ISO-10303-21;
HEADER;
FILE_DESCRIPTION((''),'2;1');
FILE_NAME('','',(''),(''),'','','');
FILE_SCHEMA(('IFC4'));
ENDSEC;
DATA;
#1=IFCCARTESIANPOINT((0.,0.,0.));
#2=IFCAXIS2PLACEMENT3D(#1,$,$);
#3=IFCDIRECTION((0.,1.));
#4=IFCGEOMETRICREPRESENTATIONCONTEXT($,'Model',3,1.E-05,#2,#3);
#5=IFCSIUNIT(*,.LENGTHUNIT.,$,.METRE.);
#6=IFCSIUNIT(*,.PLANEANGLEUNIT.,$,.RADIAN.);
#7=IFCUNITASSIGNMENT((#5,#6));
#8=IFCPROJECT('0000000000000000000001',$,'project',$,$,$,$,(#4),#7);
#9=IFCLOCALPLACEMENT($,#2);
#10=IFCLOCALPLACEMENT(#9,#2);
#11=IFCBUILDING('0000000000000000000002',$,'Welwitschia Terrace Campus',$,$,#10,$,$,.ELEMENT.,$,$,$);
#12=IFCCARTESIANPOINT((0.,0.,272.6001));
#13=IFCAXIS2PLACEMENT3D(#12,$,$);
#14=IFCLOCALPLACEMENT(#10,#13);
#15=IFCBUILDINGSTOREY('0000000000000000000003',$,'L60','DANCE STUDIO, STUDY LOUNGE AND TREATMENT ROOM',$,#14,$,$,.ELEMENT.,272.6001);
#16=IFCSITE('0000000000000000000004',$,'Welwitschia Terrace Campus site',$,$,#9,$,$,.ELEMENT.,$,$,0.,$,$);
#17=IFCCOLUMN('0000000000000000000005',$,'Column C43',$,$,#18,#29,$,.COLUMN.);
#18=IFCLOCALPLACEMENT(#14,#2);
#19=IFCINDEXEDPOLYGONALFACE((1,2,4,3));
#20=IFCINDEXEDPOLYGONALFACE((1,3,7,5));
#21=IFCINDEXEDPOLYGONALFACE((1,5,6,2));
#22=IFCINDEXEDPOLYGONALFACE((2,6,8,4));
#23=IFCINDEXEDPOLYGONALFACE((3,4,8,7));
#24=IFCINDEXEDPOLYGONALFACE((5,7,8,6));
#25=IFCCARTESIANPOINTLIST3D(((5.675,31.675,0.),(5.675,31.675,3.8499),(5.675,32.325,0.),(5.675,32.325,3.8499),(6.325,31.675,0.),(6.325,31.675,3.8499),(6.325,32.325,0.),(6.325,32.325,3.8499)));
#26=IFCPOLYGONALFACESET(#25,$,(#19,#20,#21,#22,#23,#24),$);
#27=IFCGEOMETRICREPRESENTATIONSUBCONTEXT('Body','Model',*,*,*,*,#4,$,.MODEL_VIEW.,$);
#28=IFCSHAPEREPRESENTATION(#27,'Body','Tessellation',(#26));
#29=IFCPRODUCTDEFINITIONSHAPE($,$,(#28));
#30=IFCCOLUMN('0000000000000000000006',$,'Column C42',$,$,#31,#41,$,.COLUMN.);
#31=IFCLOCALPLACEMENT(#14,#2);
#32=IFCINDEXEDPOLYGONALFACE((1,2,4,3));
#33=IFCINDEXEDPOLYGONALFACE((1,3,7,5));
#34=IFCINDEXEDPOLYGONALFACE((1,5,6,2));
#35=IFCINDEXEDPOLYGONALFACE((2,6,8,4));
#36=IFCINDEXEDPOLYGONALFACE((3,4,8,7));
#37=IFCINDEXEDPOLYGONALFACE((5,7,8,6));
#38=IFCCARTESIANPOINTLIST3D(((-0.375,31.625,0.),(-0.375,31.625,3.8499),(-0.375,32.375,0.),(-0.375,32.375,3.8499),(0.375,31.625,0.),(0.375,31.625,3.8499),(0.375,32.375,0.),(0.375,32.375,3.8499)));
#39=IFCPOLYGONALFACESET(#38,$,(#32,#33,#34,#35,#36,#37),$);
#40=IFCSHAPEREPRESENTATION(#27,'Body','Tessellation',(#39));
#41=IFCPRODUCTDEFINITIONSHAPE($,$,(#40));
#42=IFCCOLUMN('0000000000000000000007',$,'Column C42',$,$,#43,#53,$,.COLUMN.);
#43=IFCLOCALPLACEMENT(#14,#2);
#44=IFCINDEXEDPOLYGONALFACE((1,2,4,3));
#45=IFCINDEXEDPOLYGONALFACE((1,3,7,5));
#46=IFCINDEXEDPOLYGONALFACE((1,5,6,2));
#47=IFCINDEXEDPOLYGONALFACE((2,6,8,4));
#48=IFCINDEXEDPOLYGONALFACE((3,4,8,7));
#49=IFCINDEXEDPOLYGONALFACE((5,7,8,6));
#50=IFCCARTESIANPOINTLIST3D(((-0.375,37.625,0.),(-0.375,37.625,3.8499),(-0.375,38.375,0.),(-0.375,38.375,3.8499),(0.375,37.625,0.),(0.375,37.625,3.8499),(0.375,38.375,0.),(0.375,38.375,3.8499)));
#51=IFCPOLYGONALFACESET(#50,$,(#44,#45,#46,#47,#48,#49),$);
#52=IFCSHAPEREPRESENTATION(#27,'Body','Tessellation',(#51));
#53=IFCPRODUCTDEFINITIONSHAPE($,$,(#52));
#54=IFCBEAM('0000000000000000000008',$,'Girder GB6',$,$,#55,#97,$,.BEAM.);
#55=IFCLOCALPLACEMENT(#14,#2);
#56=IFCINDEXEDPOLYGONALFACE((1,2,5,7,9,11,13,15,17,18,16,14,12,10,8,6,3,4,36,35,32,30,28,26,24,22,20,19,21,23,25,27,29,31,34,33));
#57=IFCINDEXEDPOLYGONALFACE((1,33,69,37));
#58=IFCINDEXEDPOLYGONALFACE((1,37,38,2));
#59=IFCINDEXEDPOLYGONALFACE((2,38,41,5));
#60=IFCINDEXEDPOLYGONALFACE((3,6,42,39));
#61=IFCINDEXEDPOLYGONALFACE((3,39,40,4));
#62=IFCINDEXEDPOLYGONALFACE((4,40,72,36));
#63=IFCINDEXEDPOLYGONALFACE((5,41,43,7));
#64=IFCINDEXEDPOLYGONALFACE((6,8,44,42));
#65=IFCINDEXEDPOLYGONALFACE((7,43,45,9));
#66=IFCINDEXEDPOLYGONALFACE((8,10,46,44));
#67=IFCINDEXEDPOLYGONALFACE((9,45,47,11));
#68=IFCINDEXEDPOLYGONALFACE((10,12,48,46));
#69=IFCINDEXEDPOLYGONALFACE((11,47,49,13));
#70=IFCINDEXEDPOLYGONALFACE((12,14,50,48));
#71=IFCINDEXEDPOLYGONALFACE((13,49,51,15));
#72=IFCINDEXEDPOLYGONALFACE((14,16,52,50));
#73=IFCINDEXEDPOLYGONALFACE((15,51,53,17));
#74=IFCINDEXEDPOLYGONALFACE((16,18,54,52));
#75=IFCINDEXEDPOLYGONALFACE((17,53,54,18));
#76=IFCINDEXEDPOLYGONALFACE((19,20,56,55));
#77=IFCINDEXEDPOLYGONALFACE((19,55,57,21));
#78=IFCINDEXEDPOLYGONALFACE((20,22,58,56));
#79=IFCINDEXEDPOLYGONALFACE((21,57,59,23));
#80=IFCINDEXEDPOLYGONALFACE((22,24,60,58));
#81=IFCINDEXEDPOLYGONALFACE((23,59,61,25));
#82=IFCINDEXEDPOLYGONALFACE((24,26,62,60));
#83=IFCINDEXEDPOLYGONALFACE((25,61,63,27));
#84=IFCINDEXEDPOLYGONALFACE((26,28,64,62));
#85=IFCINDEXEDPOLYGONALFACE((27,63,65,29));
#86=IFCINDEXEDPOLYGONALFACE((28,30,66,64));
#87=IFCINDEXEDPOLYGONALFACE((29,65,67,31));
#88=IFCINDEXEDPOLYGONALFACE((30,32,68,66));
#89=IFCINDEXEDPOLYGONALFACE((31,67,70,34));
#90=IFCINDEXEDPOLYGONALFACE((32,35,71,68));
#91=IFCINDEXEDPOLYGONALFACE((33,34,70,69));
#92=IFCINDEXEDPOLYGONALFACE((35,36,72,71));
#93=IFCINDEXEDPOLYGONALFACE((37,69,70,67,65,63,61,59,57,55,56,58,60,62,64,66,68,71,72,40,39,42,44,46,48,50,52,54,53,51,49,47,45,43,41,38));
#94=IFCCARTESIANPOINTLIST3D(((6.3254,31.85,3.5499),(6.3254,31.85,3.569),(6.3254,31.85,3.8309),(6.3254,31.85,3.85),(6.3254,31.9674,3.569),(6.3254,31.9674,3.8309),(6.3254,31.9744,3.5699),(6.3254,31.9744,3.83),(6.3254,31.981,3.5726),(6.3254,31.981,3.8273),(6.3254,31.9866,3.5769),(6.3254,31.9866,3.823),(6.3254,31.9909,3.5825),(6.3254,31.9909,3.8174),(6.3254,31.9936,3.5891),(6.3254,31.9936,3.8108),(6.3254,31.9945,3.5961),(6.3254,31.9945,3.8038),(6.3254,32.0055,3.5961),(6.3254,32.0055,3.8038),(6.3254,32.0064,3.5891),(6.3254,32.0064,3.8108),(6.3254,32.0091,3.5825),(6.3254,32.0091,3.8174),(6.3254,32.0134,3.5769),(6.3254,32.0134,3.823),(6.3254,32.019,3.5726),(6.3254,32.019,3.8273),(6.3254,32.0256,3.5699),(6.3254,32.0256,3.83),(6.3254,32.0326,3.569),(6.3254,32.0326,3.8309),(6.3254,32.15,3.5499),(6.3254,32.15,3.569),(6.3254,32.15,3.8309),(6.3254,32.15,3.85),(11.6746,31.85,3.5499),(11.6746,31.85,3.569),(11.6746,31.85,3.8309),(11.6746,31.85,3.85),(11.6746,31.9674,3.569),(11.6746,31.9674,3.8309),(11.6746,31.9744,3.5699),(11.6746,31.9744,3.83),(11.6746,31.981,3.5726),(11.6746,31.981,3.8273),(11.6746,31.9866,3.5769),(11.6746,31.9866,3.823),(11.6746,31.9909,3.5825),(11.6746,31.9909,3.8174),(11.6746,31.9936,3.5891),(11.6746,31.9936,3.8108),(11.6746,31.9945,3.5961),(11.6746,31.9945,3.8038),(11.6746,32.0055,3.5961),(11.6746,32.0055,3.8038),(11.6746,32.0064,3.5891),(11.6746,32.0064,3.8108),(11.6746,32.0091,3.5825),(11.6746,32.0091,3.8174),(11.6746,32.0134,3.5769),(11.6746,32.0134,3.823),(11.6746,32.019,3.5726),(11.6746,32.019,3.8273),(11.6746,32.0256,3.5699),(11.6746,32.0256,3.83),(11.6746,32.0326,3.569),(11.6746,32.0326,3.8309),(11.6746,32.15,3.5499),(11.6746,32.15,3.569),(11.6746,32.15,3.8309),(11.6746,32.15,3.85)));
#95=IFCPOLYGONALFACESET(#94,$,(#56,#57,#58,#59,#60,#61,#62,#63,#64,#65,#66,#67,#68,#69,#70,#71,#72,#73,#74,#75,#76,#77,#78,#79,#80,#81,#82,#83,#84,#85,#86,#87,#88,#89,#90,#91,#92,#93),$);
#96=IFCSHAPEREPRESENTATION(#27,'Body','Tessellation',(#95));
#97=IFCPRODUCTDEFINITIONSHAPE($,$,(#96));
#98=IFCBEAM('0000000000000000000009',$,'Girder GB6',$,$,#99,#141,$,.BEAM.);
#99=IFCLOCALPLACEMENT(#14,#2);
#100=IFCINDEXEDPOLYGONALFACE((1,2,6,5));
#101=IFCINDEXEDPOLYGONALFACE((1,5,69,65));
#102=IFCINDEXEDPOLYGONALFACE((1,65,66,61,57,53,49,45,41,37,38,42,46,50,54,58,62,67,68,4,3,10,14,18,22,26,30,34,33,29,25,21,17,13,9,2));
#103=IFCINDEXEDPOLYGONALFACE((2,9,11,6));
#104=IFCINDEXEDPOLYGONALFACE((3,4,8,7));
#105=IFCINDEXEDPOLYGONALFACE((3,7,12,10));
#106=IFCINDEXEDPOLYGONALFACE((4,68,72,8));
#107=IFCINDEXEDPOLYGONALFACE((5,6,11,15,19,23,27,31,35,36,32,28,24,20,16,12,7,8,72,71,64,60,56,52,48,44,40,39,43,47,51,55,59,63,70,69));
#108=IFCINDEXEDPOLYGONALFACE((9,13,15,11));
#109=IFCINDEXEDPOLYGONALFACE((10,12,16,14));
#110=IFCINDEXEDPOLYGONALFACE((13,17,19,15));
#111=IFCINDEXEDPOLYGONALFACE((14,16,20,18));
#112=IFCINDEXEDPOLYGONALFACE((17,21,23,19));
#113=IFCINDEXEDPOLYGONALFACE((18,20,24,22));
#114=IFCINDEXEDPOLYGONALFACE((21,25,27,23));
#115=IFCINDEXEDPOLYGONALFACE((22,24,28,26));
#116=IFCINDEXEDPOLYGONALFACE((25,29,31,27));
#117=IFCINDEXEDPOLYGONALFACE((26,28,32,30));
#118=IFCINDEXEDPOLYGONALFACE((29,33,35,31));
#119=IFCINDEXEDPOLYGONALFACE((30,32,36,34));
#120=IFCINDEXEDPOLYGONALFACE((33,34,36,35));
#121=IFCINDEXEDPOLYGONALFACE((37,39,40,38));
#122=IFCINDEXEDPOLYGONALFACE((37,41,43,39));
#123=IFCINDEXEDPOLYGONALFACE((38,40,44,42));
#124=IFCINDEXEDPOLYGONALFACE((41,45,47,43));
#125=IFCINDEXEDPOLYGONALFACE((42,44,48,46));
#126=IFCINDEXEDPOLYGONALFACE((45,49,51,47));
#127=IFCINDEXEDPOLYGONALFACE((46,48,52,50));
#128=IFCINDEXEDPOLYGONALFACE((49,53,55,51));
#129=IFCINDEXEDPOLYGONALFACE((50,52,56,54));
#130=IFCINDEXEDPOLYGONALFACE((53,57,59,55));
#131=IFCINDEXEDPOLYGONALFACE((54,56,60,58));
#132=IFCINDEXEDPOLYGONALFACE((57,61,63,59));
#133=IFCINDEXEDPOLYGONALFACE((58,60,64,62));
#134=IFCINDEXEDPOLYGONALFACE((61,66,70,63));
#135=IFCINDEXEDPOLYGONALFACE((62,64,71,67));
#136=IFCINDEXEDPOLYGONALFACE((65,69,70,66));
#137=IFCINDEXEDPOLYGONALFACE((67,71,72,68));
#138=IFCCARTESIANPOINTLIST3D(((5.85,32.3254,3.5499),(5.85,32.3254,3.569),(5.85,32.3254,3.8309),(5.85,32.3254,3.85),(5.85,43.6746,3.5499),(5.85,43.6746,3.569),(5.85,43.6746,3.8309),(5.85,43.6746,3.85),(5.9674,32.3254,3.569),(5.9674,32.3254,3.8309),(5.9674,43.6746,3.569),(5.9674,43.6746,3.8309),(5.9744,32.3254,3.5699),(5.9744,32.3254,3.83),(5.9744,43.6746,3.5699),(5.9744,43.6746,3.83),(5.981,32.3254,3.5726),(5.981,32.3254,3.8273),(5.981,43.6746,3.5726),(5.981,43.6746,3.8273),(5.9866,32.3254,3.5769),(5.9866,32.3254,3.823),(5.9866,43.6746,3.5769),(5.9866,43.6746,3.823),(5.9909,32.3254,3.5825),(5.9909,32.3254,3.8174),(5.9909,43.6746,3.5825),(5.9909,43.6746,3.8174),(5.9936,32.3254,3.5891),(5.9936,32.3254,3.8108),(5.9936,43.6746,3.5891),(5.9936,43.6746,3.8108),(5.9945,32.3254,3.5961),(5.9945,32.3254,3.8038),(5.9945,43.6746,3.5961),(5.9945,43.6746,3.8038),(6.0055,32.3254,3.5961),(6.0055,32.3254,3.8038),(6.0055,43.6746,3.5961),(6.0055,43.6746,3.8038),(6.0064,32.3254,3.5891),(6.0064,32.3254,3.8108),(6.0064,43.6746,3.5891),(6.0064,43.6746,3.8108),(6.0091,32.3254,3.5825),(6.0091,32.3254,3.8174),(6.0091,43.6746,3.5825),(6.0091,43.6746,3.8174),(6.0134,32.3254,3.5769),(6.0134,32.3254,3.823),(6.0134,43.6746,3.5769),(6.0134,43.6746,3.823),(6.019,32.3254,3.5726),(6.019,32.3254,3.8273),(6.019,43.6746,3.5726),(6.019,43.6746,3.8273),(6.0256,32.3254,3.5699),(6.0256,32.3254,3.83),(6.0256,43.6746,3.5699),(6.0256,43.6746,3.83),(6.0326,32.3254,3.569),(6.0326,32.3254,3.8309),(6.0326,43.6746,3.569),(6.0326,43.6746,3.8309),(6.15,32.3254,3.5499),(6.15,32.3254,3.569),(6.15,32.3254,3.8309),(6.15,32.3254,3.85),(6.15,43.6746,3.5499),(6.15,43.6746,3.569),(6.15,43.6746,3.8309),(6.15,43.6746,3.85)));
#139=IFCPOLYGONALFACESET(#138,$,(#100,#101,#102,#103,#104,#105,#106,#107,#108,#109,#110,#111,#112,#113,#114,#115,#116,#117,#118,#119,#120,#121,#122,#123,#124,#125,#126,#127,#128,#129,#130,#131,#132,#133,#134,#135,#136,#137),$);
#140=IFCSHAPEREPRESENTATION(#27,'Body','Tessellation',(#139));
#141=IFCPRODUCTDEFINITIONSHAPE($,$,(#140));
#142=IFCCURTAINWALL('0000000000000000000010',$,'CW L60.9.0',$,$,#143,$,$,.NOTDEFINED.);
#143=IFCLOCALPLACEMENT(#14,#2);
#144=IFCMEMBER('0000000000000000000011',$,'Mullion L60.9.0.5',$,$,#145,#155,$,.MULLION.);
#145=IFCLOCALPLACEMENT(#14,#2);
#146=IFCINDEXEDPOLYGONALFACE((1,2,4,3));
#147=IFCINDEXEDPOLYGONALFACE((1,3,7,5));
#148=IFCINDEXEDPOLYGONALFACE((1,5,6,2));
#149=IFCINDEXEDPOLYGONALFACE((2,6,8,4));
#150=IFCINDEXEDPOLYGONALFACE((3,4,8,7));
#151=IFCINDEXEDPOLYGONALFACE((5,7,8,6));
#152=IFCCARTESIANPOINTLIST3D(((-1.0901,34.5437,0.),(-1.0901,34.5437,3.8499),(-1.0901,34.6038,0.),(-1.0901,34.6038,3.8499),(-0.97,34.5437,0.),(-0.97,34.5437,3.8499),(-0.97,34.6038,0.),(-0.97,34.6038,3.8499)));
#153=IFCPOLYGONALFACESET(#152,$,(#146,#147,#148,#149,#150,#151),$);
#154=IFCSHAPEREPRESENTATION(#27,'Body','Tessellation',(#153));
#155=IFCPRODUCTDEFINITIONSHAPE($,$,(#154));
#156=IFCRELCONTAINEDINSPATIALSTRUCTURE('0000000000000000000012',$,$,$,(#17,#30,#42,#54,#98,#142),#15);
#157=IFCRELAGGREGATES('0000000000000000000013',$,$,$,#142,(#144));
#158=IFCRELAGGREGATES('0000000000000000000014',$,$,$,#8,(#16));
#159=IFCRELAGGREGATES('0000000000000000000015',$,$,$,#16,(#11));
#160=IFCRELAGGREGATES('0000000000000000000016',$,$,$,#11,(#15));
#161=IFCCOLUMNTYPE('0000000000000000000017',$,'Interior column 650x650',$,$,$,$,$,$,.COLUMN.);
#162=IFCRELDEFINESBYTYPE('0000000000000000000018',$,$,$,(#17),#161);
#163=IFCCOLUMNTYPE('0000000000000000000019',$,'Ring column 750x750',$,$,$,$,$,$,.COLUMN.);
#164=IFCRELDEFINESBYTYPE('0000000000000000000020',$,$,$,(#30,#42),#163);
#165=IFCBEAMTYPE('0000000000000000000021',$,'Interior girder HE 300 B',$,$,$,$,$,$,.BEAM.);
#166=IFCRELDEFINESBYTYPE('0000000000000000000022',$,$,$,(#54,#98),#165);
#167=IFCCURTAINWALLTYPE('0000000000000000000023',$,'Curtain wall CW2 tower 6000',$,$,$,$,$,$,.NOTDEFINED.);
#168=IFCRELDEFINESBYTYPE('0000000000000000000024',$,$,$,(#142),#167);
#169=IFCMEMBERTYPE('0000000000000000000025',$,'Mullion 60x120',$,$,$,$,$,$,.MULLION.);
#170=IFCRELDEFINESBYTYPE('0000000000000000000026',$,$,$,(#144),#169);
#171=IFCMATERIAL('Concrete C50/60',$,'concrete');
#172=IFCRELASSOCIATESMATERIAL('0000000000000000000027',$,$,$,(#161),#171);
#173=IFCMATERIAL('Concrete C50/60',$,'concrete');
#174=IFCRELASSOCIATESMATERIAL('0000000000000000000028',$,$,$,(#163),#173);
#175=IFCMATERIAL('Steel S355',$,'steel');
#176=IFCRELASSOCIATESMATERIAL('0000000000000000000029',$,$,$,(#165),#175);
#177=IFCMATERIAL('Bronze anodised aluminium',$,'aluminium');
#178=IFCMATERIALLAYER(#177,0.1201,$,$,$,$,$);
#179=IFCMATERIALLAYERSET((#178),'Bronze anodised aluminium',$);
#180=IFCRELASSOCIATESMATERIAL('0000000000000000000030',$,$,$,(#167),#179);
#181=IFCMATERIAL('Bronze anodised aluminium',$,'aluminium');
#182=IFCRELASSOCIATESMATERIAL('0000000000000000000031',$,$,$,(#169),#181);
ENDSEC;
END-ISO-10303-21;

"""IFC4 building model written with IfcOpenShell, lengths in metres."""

from ifc_helpers import new_model, si_unit, direction, frame, origin, origin_2d, place, context, subcontext, project, spatial, rectangle, i_section, extrude, material, layer, layer_set, material_profile, profile_set, type_object, element, aggregate, save


model = new_model("IFC4")

# Units and contexts
model_context = context("Model", 3, precision=1e-05, world=origin(), true_north=direction((0.0, 1.0)))
body_context = subcontext(model_context, "Body", "Model", "MODEL_VIEW")
ifc_project = project(units=[si_unit("LENGTHUNIT", "METRE"), si_unit("PLANEANGLEUNIT", "RADIAN")], contexts=[model_context])

# Site, building, storey
site_placement = place(None, origin())
site = spatial("IfcSite", under=ifc_project, at=site_placement, Name="Welwitschia Terrace Campus site", CompositionType="ELEMENT", RefElevation=0.0)
building_placement = place(site_placement, origin())
building = spatial("IfcBuilding", under=site, at=building_placement, Name="Welwitschia Terrace Campus", CompositionType="ELEMENT")
storey_placement = place(building_placement, frame((0.0, 0.0, 272.6001)))
storey = spatial("IfcBuildingStorey", under=building, at=storey_placement, Name="L60", Description="DANCE STUDIO, STUDY LOUNGE AND TREATMENT ROOM", CompositionType="ELEMENT", Elevation=272.6001)

# Columns
ifc_material_1 = material(Name="Concrete C50/60", Category="concrete")
ifc_material_profile_1 = material_profile(ifc_material_1, rectangle(XDim=0.6499, YDim=0.6499, at=origin_2d()))
ifc_profile_set_1 = profile_set([ifc_material_profile_1], Name="Concrete C50/60")
column_type_1 = type_object("IfcColumnType", Name="Interior column 650x650", PredefinedType="COLUMN", material=ifc_profile_set_1)
column_placement = place(storey_placement, frame((6.0, 32.0, 0.0), z_axis=(0.0, 0.0, 1.0), x_axis=(1.0, 0.0, 0.0)))
element("IfcColumn", 1, at=column_placement, inside=storey, type_object=column_type_1, Name="Column C43", PredefinedType="COLUMN", context=body_context, shape_type="SweptSolid", body=[
    extrude(rectangle(XDim=0.6499, YDim=0.6499, at=origin_2d()), origin(), (0.0, 0.0, 1.0), 3.8499),
])
ifc_material_2 = material(Name="Concrete C50/60", Category="concrete")
ifc_material_profile_2 = material_profile(ifc_material_2, rectangle(XDim=0.75, YDim=0.75, at=origin_2d()))
ifc_profile_set_2 = profile_set([ifc_material_profile_2], Name="Concrete C50/60")
column_type_2 = type_object("IfcColumnType", Name="Ring column 750x750", PredefinedType="COLUMN", material=ifc_profile_set_2)
for number, where, z_axis, x_axis, name in (
    (2, (0.0, 32.0, 0.0), (0.0, 0.0, 1.0), (1.0, 0.0, 0.0), "Column C42"),
    (3, (0.0, 38.0, 0.0), (0.0, 0.0, 1.0), (1.0, 0.0, 0.0), "Column C42"),
):
    element("IfcColumn", number, at=place(storey_placement, frame(where, z_axis=z_axis, x_axis=x_axis)), inside=storey, type_object=column_type_2, Name=name, PredefinedType="COLUMN", context=body_context, shape_type="SweptSolid", body=[
        extrude(rectangle(XDim=0.75, YDim=0.75, at=origin_2d()), origin(), (0.0, 0.0, 1.0), 3.8499),
    ])

# Beams
ifc_material_3 = material(Name="Steel S355", Category="steel")
ifc_material_profile_3 = material_profile(ifc_material_3, i_section(OverallWidth=0.3, OverallDepth=0.3, WebThickness=0.011, FlangeThickness=0.019, FilletRadius=0.0271, at=origin_2d()))
ifc_profile_set_3 = profile_set([ifc_material_profile_3], Name="Steel S355")
beam_type_1 = type_object("IfcBeamType", Name="Interior girder HE 300 B", PredefinedType="BEAM", material=ifc_profile_set_3)
beam_1_placement = place(storey_placement, frame((6.3254, 32.0, 3.7), z_axis=(1.0, 0.0, 0.0), x_axis=(0.0, 1.0, 0.0)))
element("IfcBeam", 4, at=beam_1_placement, inside=storey, type_object=beam_type_1, Name="Girder GB6", PredefinedType="BEAM", context=body_context, shape_type="SweptSolid", body=[
    extrude(i_section(OverallWidth=0.3, OverallDepth=0.3, WebThickness=0.011, FlangeThickness=0.019, FilletRadius=0.0271, at=origin_2d()), origin(), (0.0, 0.0, 1.0), 5.3491),
])
beam_2_placement = place(storey_placement, frame((6.0, 32.3254, 3.7), z_axis=(0.0, 1.0, 0.0), x_axis=(-1.0, 0.0, 0.0)))
element("IfcBeam", 5, at=beam_2_placement, inside=storey, type_object=beam_type_1, Name="Girder GB6", PredefinedType="BEAM", context=body_context, shape_type="SweptSolid", body=[
    extrude(i_section(OverallWidth=0.3, OverallDepth=0.3, WebThickness=0.011, FlangeThickness=0.019, FilletRadius=0.0271, at=origin_2d()), origin(), (0.0, 0.0, 1.0), 11.3491),
])

# Curtain wall, member
ifc_material_4 = material(Name="Bronze anodised aluminium", Category="aluminium")
ifc_layer_1 = layer(ifc_material_4, 0.1201)
ifc_layer_set_1 = layer_set([ifc_layer_1], Name="Bronze anodised aluminium")
curtain_wall_type = type_object("IfcCurtainWallType", Name="Curtain wall CW2 tower 6000", PredefinedType="NOTDEFINED", material=ifc_layer_set_1)
curtain_wall_placement = place(storey_placement, origin())
curtain_wall = element("IfcCurtainWall", 6, at=curtain_wall_placement, inside=storey, type_object=curtain_wall_type, Name="CW L60.9.0", PredefinedType="NOTDEFINED")
ifc_material_5 = material(Name="Bronze anodised aluminium", Category="aluminium")
ifc_material_profile_4 = material_profile(ifc_material_5, rectangle(XDim=0.1201, YDim=0.0601, at=origin_2d()))
ifc_profile_set_4 = profile_set([ifc_material_profile_4], Name="Bronze anodised aluminium")
member_type = type_object("IfcMemberType", Name="Mullion 60x120", PredefinedType="MULLION", material=ifc_profile_set_4)
member_placement = place(storey_placement, frame((-1.03, 34.5737, 0.0), z_axis=(0.0, 0.0, 1.0), x_axis=(1.0, 0.0, 0.0)))
member = element("IfcMember", 7, at=member_placement, type_object=member_type, Name="Mullion L60.9.0.5", PredefinedType="MULLION", context=body_context, shape_type="SweptSolid", body=[
    extrude(rectangle(XDim=0.1201, YDim=0.0601, at=origin_2d()), origin(), (0.0, 0.0, 1.0), 3.8499),
])

aggregate(curtain_wall, [member])

save(model, "model.ifc")
